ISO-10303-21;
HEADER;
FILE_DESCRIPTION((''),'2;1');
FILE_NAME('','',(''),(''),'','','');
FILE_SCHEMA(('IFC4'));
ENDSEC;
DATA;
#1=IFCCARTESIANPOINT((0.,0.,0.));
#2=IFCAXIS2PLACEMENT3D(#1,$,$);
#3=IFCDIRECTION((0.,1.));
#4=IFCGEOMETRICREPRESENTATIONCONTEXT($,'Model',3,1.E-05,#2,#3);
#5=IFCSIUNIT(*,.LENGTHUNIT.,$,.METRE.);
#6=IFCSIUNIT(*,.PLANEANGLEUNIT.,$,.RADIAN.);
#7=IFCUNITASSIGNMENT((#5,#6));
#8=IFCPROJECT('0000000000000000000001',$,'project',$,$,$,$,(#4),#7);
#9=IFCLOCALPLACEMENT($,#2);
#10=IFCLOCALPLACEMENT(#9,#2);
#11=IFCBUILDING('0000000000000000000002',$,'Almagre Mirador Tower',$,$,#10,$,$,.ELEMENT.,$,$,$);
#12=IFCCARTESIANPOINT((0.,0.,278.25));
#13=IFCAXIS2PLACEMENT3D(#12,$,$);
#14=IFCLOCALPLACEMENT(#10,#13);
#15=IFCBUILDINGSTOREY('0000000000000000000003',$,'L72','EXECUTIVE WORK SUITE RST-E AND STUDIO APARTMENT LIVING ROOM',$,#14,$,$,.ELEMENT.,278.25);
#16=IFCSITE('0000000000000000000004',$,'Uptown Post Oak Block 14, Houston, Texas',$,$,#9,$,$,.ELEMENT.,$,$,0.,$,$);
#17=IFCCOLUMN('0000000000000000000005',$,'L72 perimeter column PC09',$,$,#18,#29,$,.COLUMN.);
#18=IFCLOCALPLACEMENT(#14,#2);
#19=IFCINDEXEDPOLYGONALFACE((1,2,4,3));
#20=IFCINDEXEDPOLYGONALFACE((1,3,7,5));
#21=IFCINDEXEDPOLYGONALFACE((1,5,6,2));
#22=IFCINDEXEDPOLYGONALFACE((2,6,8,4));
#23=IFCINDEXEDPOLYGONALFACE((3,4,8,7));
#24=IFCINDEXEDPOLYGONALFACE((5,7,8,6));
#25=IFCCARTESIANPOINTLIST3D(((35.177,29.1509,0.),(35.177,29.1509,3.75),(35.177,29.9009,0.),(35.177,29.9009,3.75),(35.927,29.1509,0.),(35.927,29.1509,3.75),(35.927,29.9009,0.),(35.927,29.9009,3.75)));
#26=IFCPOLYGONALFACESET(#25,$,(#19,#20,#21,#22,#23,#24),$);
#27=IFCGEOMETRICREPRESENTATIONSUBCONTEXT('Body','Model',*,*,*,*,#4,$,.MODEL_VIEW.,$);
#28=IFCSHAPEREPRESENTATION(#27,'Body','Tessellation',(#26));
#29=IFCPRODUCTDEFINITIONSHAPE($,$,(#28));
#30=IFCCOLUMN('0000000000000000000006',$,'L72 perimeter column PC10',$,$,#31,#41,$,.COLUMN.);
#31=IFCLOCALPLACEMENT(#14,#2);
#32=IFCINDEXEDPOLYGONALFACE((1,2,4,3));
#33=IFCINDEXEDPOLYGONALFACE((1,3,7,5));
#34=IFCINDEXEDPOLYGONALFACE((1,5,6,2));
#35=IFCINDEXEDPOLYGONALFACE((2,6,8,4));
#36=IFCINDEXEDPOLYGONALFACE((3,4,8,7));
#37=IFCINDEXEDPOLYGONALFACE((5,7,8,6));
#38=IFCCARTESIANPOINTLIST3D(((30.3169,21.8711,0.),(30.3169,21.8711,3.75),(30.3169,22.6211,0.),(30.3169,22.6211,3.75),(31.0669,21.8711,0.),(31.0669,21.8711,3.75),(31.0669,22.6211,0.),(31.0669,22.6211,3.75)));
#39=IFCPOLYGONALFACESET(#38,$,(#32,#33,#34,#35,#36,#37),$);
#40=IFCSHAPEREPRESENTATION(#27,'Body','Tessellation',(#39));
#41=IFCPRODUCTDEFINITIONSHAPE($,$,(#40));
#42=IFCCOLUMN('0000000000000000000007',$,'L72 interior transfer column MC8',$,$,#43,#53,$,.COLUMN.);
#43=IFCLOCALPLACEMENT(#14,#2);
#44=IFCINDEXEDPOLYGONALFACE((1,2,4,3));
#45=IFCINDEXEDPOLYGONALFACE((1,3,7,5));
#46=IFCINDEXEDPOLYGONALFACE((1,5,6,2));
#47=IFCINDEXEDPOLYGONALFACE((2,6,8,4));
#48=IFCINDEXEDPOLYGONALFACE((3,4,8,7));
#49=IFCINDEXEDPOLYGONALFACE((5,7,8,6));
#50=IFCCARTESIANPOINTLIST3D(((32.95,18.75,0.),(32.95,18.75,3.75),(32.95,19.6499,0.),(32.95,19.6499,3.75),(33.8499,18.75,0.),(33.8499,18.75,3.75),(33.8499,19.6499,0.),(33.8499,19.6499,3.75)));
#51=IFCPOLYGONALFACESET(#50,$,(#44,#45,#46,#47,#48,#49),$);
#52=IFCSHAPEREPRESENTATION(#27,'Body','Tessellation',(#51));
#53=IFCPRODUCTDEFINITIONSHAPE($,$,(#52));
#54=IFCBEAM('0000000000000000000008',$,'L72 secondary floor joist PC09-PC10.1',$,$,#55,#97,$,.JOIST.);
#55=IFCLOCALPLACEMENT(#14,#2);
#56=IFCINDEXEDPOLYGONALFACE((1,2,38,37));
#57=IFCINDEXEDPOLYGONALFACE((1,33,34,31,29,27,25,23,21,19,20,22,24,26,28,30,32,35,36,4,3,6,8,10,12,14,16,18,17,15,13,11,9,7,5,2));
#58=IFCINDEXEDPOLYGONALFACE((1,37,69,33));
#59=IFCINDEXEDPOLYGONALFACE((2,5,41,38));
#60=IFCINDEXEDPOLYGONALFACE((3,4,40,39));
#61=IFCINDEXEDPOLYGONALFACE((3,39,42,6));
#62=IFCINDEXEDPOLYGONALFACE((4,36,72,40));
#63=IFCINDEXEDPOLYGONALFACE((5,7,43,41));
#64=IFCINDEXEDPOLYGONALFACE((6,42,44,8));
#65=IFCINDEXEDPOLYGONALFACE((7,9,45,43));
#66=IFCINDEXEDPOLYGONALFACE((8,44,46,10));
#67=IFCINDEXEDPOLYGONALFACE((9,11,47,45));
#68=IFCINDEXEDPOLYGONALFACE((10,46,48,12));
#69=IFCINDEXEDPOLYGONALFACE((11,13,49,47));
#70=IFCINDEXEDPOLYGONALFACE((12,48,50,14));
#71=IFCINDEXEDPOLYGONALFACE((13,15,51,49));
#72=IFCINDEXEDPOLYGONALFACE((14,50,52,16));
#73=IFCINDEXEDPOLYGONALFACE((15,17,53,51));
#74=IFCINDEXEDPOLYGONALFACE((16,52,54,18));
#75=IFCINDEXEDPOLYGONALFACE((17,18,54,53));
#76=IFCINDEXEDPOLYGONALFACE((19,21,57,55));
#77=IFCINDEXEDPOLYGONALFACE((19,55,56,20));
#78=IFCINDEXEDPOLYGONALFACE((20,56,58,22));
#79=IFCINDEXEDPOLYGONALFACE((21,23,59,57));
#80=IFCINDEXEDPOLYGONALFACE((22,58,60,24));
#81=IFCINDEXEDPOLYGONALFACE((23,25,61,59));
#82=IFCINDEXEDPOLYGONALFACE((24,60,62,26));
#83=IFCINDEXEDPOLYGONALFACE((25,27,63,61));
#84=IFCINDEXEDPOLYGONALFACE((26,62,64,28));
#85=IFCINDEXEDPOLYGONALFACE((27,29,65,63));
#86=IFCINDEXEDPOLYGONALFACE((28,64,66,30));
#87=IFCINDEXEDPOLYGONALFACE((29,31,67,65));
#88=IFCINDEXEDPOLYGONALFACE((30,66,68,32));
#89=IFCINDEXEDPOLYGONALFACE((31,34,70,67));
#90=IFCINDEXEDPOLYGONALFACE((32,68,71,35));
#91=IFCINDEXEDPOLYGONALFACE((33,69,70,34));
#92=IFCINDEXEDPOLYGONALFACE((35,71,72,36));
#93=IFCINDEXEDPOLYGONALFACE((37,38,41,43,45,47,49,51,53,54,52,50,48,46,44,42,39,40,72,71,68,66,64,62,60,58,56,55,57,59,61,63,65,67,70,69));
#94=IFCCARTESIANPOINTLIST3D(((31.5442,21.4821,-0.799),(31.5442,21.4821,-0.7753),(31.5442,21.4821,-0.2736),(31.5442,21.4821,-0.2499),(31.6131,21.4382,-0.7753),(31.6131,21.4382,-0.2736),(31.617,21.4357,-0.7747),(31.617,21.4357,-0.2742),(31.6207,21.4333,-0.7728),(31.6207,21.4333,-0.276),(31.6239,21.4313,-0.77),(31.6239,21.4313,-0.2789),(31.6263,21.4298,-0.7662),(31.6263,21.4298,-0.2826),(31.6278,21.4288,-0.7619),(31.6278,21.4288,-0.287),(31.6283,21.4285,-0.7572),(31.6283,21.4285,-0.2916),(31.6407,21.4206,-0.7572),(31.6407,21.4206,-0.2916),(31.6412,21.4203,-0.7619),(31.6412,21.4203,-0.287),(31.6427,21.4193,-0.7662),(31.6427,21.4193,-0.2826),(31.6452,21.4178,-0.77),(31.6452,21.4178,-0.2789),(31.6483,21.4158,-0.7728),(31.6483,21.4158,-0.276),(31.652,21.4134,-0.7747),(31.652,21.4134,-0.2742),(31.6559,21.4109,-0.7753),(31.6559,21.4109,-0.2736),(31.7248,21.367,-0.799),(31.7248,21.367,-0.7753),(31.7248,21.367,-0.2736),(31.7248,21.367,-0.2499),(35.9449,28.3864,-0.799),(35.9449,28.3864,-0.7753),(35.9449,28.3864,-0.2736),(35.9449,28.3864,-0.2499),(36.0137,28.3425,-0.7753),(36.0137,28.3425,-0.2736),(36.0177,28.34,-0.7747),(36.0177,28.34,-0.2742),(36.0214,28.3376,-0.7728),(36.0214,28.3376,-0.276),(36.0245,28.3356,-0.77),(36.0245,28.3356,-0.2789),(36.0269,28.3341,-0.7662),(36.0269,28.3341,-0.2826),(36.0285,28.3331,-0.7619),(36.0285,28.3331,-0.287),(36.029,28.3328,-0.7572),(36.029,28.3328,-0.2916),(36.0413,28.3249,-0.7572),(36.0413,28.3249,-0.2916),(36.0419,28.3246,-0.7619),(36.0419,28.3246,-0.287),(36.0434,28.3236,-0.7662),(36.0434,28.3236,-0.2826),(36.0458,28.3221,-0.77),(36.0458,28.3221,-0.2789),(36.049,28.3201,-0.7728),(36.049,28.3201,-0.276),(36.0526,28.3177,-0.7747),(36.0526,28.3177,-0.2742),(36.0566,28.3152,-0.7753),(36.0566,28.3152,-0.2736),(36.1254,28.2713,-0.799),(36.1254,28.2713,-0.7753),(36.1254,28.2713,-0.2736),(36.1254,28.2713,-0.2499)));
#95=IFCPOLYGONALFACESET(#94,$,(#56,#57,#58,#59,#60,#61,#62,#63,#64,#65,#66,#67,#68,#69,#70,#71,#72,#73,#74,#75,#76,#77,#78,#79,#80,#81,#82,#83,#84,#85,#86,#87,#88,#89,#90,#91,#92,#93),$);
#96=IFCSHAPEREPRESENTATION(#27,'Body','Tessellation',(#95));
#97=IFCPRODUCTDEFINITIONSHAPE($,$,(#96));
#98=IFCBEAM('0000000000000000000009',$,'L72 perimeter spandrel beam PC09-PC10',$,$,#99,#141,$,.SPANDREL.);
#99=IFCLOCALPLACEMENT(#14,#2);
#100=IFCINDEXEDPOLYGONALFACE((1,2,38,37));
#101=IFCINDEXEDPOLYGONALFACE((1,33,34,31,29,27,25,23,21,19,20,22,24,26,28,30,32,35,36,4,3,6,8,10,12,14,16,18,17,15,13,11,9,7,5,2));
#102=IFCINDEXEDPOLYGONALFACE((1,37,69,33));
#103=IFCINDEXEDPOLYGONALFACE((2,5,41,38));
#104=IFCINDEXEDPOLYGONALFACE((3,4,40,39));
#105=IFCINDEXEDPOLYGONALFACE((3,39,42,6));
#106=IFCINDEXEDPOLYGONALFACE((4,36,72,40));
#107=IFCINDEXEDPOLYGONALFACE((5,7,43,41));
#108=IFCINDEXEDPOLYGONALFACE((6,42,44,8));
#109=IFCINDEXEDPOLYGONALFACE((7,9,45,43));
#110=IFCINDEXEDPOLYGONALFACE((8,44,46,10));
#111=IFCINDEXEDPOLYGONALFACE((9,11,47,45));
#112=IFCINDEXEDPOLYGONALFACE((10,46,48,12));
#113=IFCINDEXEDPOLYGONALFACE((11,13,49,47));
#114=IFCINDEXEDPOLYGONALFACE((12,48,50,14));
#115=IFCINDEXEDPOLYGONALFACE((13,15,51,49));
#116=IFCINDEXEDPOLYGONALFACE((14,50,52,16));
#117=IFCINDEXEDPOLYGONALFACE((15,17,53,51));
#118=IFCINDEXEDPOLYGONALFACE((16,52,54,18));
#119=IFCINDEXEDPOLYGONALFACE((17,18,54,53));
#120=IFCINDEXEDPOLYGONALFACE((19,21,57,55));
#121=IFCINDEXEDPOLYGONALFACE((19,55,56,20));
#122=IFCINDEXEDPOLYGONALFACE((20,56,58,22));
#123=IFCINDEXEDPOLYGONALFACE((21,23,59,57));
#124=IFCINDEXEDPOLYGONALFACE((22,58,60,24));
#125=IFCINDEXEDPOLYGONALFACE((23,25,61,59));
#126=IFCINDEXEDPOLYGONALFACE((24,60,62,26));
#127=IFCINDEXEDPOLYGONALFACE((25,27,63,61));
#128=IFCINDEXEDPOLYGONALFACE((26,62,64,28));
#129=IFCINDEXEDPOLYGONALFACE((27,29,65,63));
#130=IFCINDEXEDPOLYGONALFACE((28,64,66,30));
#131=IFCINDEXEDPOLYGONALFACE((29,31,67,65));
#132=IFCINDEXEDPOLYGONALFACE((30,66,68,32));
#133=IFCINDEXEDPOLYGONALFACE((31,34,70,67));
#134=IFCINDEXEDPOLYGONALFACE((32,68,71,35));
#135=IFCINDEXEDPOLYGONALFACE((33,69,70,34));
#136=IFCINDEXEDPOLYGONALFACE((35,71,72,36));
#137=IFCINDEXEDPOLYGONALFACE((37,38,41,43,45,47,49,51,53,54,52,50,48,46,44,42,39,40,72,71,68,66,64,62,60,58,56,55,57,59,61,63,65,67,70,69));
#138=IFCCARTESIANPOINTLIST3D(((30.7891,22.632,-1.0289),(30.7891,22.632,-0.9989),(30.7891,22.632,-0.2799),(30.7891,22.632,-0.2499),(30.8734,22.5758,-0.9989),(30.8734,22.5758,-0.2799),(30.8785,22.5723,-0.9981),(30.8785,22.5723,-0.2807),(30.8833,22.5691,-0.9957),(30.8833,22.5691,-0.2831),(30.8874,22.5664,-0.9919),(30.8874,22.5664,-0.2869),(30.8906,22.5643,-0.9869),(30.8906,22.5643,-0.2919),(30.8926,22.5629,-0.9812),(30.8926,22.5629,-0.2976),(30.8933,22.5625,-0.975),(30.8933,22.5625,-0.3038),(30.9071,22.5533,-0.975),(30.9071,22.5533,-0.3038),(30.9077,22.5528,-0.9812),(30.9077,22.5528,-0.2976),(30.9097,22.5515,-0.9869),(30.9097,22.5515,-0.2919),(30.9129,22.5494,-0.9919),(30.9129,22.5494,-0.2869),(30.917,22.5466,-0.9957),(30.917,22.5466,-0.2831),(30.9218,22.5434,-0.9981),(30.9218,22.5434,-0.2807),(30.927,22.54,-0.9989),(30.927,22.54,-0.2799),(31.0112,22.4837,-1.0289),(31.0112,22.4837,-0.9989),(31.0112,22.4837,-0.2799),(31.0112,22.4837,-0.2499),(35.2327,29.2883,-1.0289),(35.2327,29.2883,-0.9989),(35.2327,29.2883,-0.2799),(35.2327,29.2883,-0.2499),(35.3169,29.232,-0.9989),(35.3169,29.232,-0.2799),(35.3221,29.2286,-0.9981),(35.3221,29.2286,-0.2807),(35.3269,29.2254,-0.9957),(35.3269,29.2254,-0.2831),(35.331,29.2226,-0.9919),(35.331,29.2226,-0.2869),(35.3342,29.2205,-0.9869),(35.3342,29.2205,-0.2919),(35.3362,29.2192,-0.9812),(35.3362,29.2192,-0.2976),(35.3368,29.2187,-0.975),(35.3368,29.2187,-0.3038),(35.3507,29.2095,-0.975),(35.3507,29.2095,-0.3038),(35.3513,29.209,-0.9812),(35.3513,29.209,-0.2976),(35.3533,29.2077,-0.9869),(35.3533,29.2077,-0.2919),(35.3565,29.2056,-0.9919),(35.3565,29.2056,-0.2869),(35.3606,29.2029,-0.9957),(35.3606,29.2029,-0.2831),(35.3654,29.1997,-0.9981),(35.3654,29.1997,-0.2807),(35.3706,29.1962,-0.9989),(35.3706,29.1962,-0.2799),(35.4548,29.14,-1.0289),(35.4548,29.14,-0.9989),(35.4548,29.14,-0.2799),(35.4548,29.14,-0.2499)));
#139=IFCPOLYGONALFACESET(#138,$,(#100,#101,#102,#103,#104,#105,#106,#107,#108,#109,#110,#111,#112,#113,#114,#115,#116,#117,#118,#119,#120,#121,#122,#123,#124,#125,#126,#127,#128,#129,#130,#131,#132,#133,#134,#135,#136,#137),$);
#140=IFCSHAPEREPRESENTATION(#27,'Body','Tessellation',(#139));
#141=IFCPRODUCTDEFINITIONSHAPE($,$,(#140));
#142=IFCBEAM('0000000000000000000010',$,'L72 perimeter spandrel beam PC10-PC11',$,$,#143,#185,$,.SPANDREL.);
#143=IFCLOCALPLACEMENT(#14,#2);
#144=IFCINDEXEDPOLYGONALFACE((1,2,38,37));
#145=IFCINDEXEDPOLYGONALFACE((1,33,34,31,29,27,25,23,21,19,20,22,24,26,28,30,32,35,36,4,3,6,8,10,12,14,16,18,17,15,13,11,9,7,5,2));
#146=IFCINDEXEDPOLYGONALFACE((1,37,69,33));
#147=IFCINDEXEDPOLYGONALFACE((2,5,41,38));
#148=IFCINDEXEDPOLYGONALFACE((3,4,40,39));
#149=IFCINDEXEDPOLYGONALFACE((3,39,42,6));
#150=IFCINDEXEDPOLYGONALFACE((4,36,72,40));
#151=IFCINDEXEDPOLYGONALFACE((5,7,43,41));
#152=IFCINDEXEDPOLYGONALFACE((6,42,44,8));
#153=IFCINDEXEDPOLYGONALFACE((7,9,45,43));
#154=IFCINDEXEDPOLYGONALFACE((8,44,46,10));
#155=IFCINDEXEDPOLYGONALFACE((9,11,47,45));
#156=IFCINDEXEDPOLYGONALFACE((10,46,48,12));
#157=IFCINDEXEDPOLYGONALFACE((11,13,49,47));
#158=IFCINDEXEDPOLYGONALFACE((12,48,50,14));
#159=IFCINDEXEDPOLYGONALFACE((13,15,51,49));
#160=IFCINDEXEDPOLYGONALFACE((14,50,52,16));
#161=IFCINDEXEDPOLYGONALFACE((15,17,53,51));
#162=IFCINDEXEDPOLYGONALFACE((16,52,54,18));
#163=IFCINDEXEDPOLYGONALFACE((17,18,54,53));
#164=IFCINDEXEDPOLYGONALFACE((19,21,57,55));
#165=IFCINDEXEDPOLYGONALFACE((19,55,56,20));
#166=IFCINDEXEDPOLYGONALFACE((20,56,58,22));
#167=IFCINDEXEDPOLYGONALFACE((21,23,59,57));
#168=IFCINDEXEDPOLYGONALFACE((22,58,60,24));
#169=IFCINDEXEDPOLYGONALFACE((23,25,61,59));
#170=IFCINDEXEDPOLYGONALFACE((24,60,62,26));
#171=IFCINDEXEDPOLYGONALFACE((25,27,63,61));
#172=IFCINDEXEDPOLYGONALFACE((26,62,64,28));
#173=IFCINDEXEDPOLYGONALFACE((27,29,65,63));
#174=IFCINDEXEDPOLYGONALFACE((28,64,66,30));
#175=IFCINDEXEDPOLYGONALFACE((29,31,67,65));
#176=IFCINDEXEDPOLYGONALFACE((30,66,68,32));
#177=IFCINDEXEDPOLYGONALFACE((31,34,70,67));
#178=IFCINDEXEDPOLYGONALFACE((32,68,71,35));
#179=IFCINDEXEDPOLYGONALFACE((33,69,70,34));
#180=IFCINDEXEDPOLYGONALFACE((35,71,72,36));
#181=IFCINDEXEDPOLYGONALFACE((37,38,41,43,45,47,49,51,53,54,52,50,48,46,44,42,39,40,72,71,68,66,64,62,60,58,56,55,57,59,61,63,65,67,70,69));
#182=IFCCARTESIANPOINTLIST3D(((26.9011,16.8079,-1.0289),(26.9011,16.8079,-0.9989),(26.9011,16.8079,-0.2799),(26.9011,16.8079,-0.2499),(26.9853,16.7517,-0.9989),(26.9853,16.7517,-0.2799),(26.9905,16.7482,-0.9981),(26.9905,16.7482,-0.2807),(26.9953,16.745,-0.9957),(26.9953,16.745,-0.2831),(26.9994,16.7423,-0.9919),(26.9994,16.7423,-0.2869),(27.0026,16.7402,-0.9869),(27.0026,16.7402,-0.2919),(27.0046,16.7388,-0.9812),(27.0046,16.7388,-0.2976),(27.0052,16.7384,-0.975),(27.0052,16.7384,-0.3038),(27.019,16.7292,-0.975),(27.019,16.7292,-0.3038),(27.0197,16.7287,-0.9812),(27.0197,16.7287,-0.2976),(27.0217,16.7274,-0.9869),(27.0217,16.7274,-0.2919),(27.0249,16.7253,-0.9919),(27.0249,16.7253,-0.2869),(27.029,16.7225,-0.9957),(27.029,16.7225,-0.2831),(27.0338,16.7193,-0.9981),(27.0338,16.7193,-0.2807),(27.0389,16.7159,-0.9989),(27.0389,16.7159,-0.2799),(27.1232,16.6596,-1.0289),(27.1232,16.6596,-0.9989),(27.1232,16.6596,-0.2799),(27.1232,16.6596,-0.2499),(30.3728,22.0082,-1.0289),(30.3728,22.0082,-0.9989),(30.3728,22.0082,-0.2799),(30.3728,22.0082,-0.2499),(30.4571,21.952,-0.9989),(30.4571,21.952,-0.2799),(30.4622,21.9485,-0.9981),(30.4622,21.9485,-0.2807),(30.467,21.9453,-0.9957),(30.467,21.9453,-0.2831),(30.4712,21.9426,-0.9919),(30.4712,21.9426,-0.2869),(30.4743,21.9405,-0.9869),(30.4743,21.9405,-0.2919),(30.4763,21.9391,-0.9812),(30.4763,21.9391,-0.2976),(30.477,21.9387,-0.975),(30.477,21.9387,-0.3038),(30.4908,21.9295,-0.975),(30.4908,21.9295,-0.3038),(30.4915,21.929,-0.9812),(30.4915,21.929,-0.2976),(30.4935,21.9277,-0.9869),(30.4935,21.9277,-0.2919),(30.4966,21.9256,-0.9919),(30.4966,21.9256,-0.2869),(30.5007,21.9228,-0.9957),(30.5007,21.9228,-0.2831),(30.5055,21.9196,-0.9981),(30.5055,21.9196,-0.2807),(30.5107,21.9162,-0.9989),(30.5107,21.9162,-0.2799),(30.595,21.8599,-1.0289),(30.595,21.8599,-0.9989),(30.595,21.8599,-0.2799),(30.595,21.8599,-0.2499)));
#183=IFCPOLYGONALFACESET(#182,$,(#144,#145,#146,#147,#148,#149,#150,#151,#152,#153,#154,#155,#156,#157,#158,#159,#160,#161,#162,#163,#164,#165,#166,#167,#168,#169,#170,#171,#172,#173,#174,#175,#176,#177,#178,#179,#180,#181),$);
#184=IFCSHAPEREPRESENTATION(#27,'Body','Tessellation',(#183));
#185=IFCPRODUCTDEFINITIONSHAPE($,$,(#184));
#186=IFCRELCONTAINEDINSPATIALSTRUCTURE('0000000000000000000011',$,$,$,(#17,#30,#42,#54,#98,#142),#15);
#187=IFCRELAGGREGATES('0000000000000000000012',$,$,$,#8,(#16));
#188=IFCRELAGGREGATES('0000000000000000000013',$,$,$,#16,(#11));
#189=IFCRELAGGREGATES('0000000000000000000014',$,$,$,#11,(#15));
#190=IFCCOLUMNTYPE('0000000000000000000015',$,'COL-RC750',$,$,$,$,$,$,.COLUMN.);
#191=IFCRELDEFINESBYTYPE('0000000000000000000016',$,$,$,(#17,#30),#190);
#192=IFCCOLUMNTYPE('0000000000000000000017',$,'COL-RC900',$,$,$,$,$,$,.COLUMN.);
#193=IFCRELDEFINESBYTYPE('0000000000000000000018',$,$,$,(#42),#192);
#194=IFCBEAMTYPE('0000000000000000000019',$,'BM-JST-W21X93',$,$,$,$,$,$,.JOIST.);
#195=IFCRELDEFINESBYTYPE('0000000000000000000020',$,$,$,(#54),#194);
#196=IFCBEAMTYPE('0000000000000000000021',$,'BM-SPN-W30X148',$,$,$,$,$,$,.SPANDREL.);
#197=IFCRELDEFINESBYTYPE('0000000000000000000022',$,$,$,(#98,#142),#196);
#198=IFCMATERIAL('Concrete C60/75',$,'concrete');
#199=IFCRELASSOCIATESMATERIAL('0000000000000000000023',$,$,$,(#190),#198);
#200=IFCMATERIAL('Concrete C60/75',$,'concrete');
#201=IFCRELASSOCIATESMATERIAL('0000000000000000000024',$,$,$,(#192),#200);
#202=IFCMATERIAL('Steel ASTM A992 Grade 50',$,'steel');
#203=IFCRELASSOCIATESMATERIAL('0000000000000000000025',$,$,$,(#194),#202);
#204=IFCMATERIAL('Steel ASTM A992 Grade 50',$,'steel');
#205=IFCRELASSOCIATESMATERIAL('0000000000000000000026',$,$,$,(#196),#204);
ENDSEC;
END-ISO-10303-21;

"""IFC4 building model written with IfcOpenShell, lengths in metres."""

from ifc_helpers import new_model, si_unit, direction, frame, origin, origin_2d, place, context, subcontext, project, spatial, rectangle, i_section, extrude, material, material_profile, profile_set, type_object, element, save


model = new_model("IFC4")

# Units and contexts
model_context = context("Model", 3, precision=1e-05, world=origin(), true_north=direction((0.0, 1.0)))
body_context = subcontext(model_context, "Body", "Model", "MODEL_VIEW")
ifc_project = project(units=[si_unit("LENGTHUNIT", "METRE"), si_unit("PLANEANGLEUNIT", "RADIAN")], contexts=[model_context])

# Site, building, storey
site_placement = place(None, origin())
site = spatial("IfcSite", under=ifc_project, at=site_placement, Name="Uptown Post Oak Block 14, Houston, Texas", CompositionType="ELEMENT", RefElevation=0.0)
building_placement = place(site_placement, origin())
building = spatial("IfcBuilding", under=site, at=building_placement, Name="Almagre Mirador Tower", CompositionType="ELEMENT")
storey_placement = place(building_placement, frame((0.0, 0.0, 278.25)))
storey = spatial("IfcBuildingStorey", under=building, at=storey_placement, Name="L72", Description="EXECUTIVE WORK SUITE RST-E AND STUDIO APARTMENT LIVING ROOM", CompositionType="ELEMENT", Elevation=278.25)

# Columns
ifc_material_1 = material(Name="Concrete C60/75", Category="concrete")
ifc_material_profile_1 = material_profile(ifc_material_1, rectangle(XDim=0.75, YDim=0.75, at=origin_2d()), Name="RC750X750")
ifc_profile_set_1 = profile_set([ifc_material_profile_1], Name="Concrete C60/75")
column_type_1 = type_object("IfcColumnType", Name="COL-RC750", PredefinedType="COLUMN", material=ifc_profile_set_1)
for number, where, z_axis, x_axis, name in (
    (1, (35.552, 29.5259, 0.0), (0.0, 0.0, 1.0), (1.0, 0.0, 0.0), "L72 perimeter column PC09"),
    (2, (30.6919, 22.2461, 0.0), (0.0, 0.0, 1.0), (1.0, 0.0, 0.0), "L72 perimeter column PC10"),
):
    element("IfcColumn", number, at=place(storey_placement, frame(where, z_axis=z_axis, x_axis=x_axis)), inside=storey, type_object=column_type_1, Name=name, PredefinedType="COLUMN", context=body_context, shape_type="SweptSolid", body=[
        extrude(rectangle(XDim=0.75, YDim=0.75, at=origin_2d()), origin(), (0.0, 0.0, 1.0), 3.75),
    ])
ifc_material_2 = material(Name="Concrete C60/75", Category="concrete")
ifc_material_profile_2 = material_profile(ifc_material_2, rectangle(XDim=0.8999, YDim=0.8999, at=origin_2d()), Name="RC900X900")
ifc_profile_set_2 = profile_set([ifc_material_profile_2], Name="Concrete C60/75")
column_type_2 = type_object("IfcColumnType", Name="COL-RC900", PredefinedType="COLUMN", material=ifc_profile_set_2)
column_placement = place(storey_placement, frame((33.3999, 19.2, 0.0), z_axis=(0.0, 0.0, 1.0), x_axis=(1.0, 0.0, 0.0)))
element("IfcColumn", 3, at=column_placement, inside=storey, type_object=column_type_2, Name="L72 interior transfer column MC8", PredefinedType="COLUMN", context=body_context, shape_type="SweptSolid", body=[
    extrude(rectangle(XDim=0.8999, YDim=0.8999, at=origin_2d()), origin(), (0.0, 0.0, 1.0), 3.75),
])

# Beams
ifc_material_3 = material(Name="Steel ASTM A992 Grade 50", Category="steel")
ifc_material_profile_3 = material_profile(ifc_material_3, i_section(OverallWidth=0.2141, OverallDepth=0.5491, WebThickness=0.0146, FlangeThickness=0.0237, FilletRadius=0.0181, at=origin_2d()), Name="W21X93")
ifc_profile_set_3 = profile_set([ifc_material_profile_3], Name="Steel ASTM A992 Grade 50")
beam_type_1 = type_object("IfcBeamType", Name="BM-JST-W21X93", PredefinedType="JOIST", material=ifc_profile_set_3)
beam_1_placement = place(storey_placement, frame((36.0352, 28.3289, -0.5244), z_axis=(-0.537483, -0.843275, 0.0), x_axis=(0.843275, -0.537483, 0.0)))
element("IfcBeam", 4, at=beam_1_placement, inside=storey, type_object=beam_type_1, Name="L72 secondary floor joist PC09-PC10.1", PredefinedType="JOIST", context=body_context, shape_type="SweptSolid", body=[
    extrude(i_section(OverallWidth=0.2141, OverallDepth=0.5491, WebThickness=0.0146, FlangeThickness=0.0237, FilletRadius=0.0181, at=origin_2d()), origin(), (0.0, 0.0, 1.0), 8.1875),
])
ifc_material_4 = material(Name="Steel ASTM A992 Grade 50", Category="steel")
ifc_material_profile_4 = material_profile(ifc_material_4, i_section(OverallWidth=0.2671, OverallDepth=0.7791, WebThickness=0.0166, FlangeThickness=0.03, FilletRadius=0.0239, at=origin_2d()), Name="W30X148")
ifc_profile_set_4 = profile_set([ifc_material_profile_4], Name="Steel ASTM A992 Grade 50")
beam_type_2 = type_object("IfcBeamType", Name="BM-SPN-W30X148", PredefinedType="SPANDREL", material=ifc_profile_set_4)
beam_2_placement = place(storey_placement, frame((35.3438, 29.2141, -0.6394), z_axis=(-0.555228, -0.831698, 0.0), x_axis=(0.831698, -0.555228, 0.0)))
element("IfcBeam", 5, at=beam_2_placement, inside=storey, type_object=beam_type_2, Name="L72 perimeter spandrel beam PC09-PC10", PredefinedType="SPANDREL", context=body_context, shape_type="SweptSolid", body=[
    extrude(i_section(OverallWidth=0.2671, OverallDepth=0.7791, WebThickness=0.0166, FlangeThickness=0.03, FilletRadius=0.0239, at=origin_2d()), origin(), (0.0, 0.0, 1.0), 8.0032),
])
beam_3_placement = place(storey_placement, frame((30.4839, 21.9341, -0.6394), z_axis=(-0.555241, -0.83169, 0.0), x_axis=(0.83169, -0.555241, 0.0)))
element("IfcBeam", 6, at=beam_3_placement, inside=storey, type_object=beam_type_2, Name="L72 perimeter spandrel beam PC10-PC11", PredefinedType="SPANDREL", context=body_context, shape_type="SweptSolid", body=[
    extrude(i_section(OverallWidth=0.2671, OverallDepth=0.7791, WebThickness=0.0166, FlangeThickness=0.03, FilletRadius=0.0239, at=origin_2d()), origin(), (0.0, 0.0, 1.0), 6.2527),
])

save(model, "model.ifc")
